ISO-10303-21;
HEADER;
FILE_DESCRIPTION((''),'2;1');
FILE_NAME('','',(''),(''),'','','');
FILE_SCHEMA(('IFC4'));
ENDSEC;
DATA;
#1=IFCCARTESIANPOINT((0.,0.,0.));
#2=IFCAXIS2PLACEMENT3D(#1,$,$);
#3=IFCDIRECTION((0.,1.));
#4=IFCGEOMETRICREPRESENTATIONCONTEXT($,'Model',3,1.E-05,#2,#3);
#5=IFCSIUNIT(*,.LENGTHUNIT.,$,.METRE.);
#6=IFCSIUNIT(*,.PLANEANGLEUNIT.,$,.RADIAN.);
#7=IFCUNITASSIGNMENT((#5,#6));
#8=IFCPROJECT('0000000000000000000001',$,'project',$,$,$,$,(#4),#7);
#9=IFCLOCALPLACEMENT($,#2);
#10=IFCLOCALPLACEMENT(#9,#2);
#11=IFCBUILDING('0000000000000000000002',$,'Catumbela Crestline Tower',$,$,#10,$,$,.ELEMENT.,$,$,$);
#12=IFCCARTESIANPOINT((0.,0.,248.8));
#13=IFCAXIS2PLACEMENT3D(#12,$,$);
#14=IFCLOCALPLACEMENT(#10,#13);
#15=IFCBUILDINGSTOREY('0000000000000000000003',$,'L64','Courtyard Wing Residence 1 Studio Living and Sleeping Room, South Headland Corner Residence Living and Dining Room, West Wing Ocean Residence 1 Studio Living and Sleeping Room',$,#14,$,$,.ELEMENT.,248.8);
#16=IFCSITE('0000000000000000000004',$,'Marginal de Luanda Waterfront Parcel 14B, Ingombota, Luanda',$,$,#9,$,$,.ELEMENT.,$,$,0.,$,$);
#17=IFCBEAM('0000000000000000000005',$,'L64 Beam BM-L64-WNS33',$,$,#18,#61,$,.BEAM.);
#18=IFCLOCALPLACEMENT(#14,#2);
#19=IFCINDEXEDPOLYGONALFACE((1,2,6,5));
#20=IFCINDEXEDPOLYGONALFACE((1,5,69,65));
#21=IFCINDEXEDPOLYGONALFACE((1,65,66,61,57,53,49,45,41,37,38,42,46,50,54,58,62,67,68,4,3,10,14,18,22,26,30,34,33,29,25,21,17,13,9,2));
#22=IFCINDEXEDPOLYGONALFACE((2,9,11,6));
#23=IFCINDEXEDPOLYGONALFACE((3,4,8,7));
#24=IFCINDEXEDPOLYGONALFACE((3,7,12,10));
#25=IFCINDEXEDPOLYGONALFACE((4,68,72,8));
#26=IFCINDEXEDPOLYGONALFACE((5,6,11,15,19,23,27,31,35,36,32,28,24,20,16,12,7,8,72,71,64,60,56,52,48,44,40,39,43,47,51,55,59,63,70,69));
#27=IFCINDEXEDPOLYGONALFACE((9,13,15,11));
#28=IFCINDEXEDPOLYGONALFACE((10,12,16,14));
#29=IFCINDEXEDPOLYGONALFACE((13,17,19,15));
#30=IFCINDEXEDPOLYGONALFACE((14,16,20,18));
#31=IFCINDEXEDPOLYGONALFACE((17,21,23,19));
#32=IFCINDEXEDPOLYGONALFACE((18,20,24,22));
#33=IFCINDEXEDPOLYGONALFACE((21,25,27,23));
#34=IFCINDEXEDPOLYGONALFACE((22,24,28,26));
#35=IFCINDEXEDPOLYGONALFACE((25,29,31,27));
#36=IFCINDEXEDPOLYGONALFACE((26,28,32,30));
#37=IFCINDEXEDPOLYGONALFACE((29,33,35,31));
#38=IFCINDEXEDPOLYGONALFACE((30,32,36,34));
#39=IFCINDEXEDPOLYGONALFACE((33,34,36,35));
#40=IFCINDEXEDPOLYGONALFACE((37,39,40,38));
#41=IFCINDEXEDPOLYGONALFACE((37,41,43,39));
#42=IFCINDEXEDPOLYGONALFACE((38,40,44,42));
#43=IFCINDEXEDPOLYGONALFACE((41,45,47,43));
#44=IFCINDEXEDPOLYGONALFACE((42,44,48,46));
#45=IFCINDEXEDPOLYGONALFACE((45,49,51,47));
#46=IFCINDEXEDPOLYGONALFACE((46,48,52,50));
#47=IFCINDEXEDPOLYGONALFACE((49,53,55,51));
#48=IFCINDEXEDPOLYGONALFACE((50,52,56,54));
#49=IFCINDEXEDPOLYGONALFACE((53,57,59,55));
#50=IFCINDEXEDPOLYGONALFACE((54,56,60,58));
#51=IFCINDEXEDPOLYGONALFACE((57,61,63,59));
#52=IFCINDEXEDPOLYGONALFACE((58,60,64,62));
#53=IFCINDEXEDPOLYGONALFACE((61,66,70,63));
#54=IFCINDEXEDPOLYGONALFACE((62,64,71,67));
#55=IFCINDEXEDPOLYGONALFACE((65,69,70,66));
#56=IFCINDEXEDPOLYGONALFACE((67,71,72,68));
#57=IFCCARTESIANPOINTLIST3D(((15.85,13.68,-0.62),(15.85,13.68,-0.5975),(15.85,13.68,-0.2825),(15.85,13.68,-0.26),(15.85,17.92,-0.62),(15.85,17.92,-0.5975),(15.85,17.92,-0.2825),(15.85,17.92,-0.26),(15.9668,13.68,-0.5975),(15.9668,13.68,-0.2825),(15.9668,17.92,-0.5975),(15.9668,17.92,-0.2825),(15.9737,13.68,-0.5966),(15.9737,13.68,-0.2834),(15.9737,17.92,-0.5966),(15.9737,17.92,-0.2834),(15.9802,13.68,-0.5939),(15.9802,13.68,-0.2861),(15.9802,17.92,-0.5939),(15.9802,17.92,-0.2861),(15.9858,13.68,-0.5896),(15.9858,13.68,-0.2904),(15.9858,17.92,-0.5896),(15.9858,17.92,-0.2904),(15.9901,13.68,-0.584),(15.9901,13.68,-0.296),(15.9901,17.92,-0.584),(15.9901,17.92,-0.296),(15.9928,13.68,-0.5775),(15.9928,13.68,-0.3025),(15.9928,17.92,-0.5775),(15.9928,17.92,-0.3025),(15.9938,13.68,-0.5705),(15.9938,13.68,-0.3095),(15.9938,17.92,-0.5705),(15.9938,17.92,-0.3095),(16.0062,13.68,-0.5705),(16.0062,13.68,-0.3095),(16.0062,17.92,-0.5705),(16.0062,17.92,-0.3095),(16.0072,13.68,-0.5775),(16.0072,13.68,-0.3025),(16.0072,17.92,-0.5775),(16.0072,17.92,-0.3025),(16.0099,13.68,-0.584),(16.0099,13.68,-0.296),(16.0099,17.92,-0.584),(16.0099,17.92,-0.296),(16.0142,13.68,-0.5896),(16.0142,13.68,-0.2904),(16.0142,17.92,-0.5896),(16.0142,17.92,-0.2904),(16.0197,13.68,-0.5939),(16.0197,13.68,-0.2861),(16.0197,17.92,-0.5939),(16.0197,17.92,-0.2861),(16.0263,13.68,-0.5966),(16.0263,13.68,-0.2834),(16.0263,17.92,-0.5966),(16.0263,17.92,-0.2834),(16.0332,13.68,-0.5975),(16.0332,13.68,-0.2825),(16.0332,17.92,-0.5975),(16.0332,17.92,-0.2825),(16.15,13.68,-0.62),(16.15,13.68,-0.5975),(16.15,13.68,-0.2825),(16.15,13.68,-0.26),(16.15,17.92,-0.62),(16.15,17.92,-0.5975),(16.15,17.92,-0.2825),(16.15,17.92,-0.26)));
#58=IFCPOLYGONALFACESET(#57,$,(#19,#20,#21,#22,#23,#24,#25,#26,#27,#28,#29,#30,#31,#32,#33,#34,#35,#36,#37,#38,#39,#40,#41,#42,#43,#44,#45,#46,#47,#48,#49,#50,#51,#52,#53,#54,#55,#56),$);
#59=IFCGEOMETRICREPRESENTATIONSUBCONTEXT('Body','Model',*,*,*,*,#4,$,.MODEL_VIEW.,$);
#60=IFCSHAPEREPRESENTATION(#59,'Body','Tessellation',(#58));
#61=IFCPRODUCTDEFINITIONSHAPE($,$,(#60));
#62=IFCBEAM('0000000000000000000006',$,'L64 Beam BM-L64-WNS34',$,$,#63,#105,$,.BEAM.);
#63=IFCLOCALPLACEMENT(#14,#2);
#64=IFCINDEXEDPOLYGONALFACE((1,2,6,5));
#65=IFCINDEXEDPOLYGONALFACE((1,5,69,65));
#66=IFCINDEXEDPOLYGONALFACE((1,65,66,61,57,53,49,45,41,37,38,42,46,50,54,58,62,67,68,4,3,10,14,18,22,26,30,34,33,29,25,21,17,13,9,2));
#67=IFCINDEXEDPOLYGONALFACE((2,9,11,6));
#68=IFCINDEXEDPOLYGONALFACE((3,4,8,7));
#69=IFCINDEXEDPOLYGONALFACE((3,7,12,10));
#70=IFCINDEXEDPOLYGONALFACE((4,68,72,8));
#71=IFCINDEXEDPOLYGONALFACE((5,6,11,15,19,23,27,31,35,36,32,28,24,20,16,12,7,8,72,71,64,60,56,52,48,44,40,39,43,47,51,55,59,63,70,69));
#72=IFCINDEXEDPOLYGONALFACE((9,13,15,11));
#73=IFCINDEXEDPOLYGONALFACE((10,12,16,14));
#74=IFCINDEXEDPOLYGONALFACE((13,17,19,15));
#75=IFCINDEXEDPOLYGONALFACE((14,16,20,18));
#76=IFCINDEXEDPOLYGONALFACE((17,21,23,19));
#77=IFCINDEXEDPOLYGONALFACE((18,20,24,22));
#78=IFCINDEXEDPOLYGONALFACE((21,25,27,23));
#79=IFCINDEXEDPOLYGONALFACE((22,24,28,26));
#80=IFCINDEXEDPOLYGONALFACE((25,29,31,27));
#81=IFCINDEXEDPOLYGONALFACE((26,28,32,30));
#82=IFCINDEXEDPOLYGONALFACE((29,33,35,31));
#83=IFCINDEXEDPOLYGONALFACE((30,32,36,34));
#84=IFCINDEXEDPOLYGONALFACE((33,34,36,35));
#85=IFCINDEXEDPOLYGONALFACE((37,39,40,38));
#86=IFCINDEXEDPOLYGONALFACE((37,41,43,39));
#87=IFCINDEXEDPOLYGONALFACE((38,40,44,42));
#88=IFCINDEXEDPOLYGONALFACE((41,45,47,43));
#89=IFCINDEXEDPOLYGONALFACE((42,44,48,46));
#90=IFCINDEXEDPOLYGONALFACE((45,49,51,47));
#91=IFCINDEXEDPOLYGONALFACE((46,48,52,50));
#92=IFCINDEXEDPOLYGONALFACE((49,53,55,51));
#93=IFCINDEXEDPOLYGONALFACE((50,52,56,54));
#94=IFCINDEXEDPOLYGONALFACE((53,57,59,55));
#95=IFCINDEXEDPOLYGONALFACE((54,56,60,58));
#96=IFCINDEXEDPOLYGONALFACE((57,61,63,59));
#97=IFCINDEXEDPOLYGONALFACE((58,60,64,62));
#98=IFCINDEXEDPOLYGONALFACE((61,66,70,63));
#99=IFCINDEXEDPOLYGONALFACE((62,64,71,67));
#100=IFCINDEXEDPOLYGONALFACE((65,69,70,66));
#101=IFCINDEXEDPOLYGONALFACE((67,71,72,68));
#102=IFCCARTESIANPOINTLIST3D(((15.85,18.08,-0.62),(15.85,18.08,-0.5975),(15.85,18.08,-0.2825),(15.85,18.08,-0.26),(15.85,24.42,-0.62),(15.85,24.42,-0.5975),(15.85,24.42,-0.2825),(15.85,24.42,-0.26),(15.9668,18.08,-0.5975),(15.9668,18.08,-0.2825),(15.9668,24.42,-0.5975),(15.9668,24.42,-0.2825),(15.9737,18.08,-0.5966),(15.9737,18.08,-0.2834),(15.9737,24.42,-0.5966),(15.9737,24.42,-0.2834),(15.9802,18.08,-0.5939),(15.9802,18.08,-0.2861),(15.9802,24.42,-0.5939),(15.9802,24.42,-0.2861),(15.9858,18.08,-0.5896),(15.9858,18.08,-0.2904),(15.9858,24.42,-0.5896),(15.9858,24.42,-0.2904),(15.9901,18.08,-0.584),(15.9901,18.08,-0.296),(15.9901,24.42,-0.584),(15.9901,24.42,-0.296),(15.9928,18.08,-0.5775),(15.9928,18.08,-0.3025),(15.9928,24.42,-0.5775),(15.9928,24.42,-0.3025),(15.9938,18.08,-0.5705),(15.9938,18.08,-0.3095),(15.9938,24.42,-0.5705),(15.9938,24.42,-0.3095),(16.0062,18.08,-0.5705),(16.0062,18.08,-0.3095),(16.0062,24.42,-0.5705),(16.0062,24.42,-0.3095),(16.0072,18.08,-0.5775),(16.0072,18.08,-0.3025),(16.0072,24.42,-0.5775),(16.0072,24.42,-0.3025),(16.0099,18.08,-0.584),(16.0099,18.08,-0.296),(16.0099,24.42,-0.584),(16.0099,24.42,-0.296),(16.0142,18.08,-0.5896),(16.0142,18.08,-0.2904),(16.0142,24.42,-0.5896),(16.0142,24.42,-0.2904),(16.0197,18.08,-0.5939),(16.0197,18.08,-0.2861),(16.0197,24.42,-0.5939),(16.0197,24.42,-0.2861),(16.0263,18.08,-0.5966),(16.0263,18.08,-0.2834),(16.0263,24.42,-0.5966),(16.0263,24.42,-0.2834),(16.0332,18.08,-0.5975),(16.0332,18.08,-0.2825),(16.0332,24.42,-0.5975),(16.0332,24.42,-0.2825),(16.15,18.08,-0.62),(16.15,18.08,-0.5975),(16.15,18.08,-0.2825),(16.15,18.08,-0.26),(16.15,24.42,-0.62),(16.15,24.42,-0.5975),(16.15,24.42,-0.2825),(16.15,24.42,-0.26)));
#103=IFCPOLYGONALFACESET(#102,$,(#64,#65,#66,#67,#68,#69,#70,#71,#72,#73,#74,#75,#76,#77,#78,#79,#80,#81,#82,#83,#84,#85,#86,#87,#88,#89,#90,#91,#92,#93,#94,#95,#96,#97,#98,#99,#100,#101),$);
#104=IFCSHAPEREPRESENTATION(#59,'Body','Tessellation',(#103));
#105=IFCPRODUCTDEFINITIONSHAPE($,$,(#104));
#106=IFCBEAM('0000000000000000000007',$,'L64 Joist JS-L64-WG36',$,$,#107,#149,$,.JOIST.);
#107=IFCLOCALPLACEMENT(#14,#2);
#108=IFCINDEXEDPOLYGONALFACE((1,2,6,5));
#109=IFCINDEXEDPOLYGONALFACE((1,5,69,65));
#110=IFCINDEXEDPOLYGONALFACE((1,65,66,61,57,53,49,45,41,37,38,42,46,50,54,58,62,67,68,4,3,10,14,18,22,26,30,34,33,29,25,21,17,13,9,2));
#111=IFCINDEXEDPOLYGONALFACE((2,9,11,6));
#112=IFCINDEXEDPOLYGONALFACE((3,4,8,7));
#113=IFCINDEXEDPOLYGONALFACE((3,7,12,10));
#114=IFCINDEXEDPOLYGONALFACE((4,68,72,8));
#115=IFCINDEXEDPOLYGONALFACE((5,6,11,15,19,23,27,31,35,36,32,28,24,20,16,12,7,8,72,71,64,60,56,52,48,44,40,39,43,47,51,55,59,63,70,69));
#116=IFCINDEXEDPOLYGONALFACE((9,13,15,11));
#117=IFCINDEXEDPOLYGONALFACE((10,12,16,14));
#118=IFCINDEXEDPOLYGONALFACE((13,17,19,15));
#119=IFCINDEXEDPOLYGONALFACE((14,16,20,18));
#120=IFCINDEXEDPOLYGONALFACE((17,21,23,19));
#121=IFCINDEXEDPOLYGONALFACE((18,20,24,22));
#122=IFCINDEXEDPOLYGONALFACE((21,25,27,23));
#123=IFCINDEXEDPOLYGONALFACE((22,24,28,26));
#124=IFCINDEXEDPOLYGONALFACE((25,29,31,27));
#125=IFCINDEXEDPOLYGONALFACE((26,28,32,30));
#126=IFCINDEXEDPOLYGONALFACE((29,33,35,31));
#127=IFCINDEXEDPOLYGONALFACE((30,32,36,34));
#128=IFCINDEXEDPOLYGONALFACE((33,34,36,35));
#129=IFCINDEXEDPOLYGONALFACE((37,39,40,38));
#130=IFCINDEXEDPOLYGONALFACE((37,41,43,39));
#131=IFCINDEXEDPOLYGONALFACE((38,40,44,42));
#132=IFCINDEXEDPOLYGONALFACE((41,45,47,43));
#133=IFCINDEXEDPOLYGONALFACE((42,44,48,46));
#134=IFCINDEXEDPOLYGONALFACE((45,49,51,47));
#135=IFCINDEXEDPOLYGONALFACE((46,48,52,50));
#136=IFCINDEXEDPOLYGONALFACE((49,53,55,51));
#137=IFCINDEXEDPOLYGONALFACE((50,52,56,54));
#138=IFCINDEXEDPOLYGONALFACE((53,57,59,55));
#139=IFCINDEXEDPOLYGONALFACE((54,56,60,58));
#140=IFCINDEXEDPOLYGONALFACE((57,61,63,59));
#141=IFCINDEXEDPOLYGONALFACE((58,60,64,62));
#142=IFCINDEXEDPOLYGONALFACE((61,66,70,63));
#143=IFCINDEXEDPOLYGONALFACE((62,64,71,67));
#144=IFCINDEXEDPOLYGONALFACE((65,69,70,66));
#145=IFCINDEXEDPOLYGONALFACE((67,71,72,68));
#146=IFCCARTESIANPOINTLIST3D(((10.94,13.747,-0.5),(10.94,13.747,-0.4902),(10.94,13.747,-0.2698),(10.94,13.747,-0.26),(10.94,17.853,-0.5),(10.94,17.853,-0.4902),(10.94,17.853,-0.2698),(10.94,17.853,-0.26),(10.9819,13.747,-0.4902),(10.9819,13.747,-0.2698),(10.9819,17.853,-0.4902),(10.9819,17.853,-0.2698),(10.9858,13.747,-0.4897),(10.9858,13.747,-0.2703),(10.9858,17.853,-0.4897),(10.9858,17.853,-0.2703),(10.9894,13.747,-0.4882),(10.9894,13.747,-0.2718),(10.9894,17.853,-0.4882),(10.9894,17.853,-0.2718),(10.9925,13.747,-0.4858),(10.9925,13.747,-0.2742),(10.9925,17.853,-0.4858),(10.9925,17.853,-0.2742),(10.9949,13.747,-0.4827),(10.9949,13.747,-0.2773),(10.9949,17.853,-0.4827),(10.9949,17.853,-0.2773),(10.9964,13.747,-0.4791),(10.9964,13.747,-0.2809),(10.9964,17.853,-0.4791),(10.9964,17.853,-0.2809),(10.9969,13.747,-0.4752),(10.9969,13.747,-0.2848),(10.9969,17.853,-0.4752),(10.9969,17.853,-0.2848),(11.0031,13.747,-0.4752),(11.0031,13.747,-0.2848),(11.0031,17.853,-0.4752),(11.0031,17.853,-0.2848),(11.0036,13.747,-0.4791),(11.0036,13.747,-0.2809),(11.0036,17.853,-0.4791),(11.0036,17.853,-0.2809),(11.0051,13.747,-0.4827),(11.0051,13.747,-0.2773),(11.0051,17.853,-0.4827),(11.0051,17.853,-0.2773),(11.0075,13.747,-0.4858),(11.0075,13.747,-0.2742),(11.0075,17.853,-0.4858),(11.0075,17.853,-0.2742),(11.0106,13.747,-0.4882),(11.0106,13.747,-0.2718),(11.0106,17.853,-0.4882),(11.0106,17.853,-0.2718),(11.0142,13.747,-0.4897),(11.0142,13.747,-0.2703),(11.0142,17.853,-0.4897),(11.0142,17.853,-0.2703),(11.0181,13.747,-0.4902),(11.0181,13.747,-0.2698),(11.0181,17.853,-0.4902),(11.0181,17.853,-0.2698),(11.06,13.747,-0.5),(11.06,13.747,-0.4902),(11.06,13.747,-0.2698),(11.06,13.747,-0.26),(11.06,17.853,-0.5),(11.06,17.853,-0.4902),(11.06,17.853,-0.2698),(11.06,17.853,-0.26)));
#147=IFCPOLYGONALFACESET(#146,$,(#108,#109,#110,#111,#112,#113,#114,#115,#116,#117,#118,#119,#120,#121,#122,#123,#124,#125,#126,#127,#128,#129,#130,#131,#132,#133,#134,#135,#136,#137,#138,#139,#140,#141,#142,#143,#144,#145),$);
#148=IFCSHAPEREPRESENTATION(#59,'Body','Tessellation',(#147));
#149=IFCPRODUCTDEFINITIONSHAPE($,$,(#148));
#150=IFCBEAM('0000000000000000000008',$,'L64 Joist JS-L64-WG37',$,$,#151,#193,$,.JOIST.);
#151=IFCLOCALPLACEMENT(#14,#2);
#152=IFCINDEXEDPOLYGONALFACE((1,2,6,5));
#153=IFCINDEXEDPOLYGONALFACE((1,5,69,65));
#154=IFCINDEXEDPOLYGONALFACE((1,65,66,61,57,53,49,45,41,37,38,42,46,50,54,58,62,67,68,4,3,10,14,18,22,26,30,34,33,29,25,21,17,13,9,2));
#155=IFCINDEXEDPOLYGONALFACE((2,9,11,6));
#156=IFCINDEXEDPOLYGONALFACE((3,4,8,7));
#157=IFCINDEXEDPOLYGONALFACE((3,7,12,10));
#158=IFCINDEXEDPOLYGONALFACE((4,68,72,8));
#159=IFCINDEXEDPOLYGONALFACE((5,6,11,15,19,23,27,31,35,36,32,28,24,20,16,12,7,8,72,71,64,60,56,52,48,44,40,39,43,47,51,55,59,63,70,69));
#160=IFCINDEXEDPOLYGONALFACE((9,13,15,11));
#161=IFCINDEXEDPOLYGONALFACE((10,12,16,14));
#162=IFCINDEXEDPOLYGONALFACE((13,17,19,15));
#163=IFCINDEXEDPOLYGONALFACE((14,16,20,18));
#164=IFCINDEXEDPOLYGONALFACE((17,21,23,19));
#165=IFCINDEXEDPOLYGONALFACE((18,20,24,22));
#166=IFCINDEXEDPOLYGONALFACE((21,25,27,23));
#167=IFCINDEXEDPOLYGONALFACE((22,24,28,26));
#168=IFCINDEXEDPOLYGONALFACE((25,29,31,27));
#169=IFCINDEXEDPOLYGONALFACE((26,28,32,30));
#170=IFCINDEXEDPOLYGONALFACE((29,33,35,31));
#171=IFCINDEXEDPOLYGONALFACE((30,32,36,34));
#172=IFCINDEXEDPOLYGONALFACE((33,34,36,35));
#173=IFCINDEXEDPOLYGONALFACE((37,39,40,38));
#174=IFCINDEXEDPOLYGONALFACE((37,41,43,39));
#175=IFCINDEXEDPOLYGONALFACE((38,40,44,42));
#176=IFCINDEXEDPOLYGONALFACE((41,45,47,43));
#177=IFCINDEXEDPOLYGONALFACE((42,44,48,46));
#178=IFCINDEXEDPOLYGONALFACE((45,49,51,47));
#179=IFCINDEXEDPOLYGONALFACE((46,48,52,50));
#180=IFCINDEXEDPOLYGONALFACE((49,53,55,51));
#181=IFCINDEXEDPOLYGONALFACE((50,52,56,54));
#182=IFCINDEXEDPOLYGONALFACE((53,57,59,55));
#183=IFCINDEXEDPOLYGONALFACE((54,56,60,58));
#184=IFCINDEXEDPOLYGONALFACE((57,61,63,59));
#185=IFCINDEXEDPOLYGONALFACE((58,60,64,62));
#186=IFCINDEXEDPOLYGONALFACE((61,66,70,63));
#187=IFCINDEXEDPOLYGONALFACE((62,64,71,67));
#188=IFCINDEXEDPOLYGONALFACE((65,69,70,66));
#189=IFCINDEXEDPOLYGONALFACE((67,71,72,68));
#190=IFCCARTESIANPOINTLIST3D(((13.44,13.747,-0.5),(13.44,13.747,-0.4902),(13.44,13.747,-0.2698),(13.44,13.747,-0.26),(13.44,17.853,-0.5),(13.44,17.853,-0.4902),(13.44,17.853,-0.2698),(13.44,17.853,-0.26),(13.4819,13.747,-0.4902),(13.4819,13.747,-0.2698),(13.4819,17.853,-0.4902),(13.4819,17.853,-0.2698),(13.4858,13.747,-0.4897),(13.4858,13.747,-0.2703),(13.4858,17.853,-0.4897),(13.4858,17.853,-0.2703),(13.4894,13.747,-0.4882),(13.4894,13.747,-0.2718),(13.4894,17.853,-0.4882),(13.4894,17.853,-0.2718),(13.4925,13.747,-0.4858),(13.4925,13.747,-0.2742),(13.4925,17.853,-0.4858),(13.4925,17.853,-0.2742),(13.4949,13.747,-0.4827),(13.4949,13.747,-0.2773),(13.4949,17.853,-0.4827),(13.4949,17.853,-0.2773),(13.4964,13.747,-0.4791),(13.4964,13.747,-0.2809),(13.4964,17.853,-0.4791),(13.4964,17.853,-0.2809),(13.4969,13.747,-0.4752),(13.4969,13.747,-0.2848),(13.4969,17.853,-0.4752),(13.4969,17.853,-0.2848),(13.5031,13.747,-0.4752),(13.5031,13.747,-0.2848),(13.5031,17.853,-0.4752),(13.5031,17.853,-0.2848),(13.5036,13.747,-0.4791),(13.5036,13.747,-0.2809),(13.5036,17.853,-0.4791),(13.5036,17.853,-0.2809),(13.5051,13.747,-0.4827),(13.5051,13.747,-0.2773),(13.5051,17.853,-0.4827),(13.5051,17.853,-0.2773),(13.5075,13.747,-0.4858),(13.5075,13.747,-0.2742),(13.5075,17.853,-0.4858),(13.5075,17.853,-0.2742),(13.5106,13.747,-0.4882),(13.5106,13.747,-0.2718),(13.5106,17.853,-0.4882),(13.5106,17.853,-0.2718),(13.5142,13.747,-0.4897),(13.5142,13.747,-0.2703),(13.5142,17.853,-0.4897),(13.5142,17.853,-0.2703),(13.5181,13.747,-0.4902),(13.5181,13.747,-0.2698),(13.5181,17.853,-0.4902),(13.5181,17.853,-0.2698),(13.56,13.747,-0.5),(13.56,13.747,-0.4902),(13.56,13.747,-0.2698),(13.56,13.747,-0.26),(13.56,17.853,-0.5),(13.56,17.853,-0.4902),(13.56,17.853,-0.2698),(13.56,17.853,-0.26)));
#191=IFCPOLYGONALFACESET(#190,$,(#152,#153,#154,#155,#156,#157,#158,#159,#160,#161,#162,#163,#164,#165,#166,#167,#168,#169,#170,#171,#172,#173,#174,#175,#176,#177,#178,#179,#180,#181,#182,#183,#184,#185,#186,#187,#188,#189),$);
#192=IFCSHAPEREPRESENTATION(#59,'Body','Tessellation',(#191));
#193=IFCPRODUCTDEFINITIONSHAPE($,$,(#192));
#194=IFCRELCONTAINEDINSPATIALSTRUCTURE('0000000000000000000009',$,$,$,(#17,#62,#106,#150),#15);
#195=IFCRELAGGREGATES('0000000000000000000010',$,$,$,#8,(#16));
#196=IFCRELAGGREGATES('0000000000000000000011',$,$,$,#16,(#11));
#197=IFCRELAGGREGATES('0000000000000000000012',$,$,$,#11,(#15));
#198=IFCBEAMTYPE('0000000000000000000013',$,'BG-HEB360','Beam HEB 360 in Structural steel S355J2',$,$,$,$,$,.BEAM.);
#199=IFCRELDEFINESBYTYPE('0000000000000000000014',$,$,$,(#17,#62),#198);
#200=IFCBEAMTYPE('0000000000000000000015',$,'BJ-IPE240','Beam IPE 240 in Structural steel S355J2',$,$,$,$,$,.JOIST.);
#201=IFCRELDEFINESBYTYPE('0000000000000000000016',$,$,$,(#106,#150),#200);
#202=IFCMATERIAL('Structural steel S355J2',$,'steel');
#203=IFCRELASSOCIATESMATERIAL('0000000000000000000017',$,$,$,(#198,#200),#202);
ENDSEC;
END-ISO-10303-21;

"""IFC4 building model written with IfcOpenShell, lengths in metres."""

from ifc_helpers import new_model, si_unit, direction, frame, origin, origin_2d, place, context, subcontext, project, spatial, i_section, extrude, material, material_profile, profile_set, type_object, element, save


model = new_model("IFC4")

# Units and contexts
model_context = context("Model", 3, precision=1e-05, world=origin(), true_north=direction((0.0, 1.0)))
body_context = subcontext(model_context, "Body", "Model", "MODEL_VIEW")
ifc_project = project(units=[si_unit("LENGTHUNIT", "METRE"), si_unit("PLANEANGLEUNIT", "RADIAN")], contexts=[model_context])

# Site, building, storey
site_placement = place(None, origin())
site = spatial("IfcSite", under=ifc_project, at=site_placement, Name="Marginal de Luanda Waterfront Parcel 14B, Ingombota, Luanda", CompositionType="ELEMENT", RefElevation=0.0)
building_placement = place(site_placement, origin())
building = spatial("IfcBuilding", under=site, at=building_placement, Name="Catumbela Crestline Tower", CompositionType="ELEMENT")
storey_placement = place(building_placement, frame((0.0, 0.0, 248.8)))
storey = spatial("IfcBuildingStorey", under=building, at=storey_placement, Name="L64", Description="Courtyard Wing Residence 1 Studio Living and Sleeping Room, South Headland Corner Residence Living and Dining Room, West Wing Ocean Residence 1 Studio Living and Sleeping Room", CompositionType="ELEMENT", Elevation=248.8)

# Shared definitions
ifc_material_1 = material(Name="Structural steel S355J2", Category="steel")

# Beams
ifc_material_profile_1 = material_profile(ifc_material_1, i_section(OverallWidth=0.3, OverallDepth=0.36, WebThickness=0.0125, FlangeThickness=0.0225, FilletRadius=0.027, at=origin_2d()), Name="HEB 360")
ifc_profile_set_1 = profile_set([ifc_material_profile_1], Name="Structural steel S355J2")
beam_type_1 = type_object("IfcBeamType", Name="BG-HEB360", Description="Beam HEB 360 in Structural steel S355J2", PredefinedType="BEAM", material=ifc_profile_set_1)
beam_1_placement = place(storey_placement, frame((16.0, 13.68, -0.44), z_axis=(0.0, 1.0, 0.0), x_axis=(-1.0, 0.0, 0.0)))
element("IfcBeam", 1, at=beam_1_placement, inside=storey, type_object=beam_type_1, Name="L64 Beam BM-L64-WNS33", PredefinedType="BEAM", context=body_context, shape_type="SweptSolid", body=[
    extrude(i_section(OverallWidth=0.3, OverallDepth=0.36, WebThickness=0.0125, FlangeThickness=0.0225, FilletRadius=0.027, at=origin_2d()), origin(), (0.0, 0.0, 1.0), 4.24),
])
beam_2_placement = place(storey_placement, frame((16.0, 18.08, -0.44), z_axis=(0.0, 1.0, 0.0), x_axis=(-1.0, 0.0, 0.0)))
element("IfcBeam", 2, at=beam_2_placement, inside=storey, type_object=beam_type_1, Name="L64 Beam BM-L64-WNS34", PredefinedType="BEAM", context=body_context, shape_type="SweptSolid", body=[
    extrude(i_section(OverallWidth=0.3, OverallDepth=0.36, WebThickness=0.0125, FlangeThickness=0.0225, FilletRadius=0.027, at=origin_2d()), origin(), (0.0, 0.0, 1.0), 6.34),
])
ifc_material_profile_2 = material_profile(ifc_material_1, i_section(OverallWidth=0.12, OverallDepth=0.24, WebThickness=0.0062, FlangeThickness=0.0098, FilletRadius=0.015, at=origin_2d()), Name="IPE 240")
ifc_profile_set_2 = profile_set([ifc_material_profile_2], Name="Structural steel S355J2")
beam_type_2 = type_object("IfcBeamType", Name="BJ-IPE240", Description="Beam IPE 240 in Structural steel S355J2", PredefinedType="JOIST", material=ifc_profile_set_2)
for number, where, z_axis, x_axis, name in (
    (3, (11.0, 13.747, -0.38), (0.0, 1.0, 0.0), (-1.0, 0.0, 0.0), "L64 Joist JS-L64-WG36"),
    (4, (13.5, 13.747, -0.38), (0.0, 1.0, 0.0), (-1.0, 0.0, 0.0), "L64 Joist JS-L64-WG37"),
):
    element("IfcBeam", number, at=place(storey_placement, frame(where, z_axis=z_axis, x_axis=x_axis)), inside=storey, type_object=beam_type_2, Name=name, PredefinedType="JOIST", context=body_context, shape_type="SweptSolid", body=[
        extrude(i_section(OverallWidth=0.12, OverallDepth=0.24, WebThickness=0.0062, FlangeThickness=0.0098, FilletRadius=0.015, at=origin_2d()), origin(), (0.0, 0.0, 1.0), 4.106),
    ])

save(model, "model.ifc")
